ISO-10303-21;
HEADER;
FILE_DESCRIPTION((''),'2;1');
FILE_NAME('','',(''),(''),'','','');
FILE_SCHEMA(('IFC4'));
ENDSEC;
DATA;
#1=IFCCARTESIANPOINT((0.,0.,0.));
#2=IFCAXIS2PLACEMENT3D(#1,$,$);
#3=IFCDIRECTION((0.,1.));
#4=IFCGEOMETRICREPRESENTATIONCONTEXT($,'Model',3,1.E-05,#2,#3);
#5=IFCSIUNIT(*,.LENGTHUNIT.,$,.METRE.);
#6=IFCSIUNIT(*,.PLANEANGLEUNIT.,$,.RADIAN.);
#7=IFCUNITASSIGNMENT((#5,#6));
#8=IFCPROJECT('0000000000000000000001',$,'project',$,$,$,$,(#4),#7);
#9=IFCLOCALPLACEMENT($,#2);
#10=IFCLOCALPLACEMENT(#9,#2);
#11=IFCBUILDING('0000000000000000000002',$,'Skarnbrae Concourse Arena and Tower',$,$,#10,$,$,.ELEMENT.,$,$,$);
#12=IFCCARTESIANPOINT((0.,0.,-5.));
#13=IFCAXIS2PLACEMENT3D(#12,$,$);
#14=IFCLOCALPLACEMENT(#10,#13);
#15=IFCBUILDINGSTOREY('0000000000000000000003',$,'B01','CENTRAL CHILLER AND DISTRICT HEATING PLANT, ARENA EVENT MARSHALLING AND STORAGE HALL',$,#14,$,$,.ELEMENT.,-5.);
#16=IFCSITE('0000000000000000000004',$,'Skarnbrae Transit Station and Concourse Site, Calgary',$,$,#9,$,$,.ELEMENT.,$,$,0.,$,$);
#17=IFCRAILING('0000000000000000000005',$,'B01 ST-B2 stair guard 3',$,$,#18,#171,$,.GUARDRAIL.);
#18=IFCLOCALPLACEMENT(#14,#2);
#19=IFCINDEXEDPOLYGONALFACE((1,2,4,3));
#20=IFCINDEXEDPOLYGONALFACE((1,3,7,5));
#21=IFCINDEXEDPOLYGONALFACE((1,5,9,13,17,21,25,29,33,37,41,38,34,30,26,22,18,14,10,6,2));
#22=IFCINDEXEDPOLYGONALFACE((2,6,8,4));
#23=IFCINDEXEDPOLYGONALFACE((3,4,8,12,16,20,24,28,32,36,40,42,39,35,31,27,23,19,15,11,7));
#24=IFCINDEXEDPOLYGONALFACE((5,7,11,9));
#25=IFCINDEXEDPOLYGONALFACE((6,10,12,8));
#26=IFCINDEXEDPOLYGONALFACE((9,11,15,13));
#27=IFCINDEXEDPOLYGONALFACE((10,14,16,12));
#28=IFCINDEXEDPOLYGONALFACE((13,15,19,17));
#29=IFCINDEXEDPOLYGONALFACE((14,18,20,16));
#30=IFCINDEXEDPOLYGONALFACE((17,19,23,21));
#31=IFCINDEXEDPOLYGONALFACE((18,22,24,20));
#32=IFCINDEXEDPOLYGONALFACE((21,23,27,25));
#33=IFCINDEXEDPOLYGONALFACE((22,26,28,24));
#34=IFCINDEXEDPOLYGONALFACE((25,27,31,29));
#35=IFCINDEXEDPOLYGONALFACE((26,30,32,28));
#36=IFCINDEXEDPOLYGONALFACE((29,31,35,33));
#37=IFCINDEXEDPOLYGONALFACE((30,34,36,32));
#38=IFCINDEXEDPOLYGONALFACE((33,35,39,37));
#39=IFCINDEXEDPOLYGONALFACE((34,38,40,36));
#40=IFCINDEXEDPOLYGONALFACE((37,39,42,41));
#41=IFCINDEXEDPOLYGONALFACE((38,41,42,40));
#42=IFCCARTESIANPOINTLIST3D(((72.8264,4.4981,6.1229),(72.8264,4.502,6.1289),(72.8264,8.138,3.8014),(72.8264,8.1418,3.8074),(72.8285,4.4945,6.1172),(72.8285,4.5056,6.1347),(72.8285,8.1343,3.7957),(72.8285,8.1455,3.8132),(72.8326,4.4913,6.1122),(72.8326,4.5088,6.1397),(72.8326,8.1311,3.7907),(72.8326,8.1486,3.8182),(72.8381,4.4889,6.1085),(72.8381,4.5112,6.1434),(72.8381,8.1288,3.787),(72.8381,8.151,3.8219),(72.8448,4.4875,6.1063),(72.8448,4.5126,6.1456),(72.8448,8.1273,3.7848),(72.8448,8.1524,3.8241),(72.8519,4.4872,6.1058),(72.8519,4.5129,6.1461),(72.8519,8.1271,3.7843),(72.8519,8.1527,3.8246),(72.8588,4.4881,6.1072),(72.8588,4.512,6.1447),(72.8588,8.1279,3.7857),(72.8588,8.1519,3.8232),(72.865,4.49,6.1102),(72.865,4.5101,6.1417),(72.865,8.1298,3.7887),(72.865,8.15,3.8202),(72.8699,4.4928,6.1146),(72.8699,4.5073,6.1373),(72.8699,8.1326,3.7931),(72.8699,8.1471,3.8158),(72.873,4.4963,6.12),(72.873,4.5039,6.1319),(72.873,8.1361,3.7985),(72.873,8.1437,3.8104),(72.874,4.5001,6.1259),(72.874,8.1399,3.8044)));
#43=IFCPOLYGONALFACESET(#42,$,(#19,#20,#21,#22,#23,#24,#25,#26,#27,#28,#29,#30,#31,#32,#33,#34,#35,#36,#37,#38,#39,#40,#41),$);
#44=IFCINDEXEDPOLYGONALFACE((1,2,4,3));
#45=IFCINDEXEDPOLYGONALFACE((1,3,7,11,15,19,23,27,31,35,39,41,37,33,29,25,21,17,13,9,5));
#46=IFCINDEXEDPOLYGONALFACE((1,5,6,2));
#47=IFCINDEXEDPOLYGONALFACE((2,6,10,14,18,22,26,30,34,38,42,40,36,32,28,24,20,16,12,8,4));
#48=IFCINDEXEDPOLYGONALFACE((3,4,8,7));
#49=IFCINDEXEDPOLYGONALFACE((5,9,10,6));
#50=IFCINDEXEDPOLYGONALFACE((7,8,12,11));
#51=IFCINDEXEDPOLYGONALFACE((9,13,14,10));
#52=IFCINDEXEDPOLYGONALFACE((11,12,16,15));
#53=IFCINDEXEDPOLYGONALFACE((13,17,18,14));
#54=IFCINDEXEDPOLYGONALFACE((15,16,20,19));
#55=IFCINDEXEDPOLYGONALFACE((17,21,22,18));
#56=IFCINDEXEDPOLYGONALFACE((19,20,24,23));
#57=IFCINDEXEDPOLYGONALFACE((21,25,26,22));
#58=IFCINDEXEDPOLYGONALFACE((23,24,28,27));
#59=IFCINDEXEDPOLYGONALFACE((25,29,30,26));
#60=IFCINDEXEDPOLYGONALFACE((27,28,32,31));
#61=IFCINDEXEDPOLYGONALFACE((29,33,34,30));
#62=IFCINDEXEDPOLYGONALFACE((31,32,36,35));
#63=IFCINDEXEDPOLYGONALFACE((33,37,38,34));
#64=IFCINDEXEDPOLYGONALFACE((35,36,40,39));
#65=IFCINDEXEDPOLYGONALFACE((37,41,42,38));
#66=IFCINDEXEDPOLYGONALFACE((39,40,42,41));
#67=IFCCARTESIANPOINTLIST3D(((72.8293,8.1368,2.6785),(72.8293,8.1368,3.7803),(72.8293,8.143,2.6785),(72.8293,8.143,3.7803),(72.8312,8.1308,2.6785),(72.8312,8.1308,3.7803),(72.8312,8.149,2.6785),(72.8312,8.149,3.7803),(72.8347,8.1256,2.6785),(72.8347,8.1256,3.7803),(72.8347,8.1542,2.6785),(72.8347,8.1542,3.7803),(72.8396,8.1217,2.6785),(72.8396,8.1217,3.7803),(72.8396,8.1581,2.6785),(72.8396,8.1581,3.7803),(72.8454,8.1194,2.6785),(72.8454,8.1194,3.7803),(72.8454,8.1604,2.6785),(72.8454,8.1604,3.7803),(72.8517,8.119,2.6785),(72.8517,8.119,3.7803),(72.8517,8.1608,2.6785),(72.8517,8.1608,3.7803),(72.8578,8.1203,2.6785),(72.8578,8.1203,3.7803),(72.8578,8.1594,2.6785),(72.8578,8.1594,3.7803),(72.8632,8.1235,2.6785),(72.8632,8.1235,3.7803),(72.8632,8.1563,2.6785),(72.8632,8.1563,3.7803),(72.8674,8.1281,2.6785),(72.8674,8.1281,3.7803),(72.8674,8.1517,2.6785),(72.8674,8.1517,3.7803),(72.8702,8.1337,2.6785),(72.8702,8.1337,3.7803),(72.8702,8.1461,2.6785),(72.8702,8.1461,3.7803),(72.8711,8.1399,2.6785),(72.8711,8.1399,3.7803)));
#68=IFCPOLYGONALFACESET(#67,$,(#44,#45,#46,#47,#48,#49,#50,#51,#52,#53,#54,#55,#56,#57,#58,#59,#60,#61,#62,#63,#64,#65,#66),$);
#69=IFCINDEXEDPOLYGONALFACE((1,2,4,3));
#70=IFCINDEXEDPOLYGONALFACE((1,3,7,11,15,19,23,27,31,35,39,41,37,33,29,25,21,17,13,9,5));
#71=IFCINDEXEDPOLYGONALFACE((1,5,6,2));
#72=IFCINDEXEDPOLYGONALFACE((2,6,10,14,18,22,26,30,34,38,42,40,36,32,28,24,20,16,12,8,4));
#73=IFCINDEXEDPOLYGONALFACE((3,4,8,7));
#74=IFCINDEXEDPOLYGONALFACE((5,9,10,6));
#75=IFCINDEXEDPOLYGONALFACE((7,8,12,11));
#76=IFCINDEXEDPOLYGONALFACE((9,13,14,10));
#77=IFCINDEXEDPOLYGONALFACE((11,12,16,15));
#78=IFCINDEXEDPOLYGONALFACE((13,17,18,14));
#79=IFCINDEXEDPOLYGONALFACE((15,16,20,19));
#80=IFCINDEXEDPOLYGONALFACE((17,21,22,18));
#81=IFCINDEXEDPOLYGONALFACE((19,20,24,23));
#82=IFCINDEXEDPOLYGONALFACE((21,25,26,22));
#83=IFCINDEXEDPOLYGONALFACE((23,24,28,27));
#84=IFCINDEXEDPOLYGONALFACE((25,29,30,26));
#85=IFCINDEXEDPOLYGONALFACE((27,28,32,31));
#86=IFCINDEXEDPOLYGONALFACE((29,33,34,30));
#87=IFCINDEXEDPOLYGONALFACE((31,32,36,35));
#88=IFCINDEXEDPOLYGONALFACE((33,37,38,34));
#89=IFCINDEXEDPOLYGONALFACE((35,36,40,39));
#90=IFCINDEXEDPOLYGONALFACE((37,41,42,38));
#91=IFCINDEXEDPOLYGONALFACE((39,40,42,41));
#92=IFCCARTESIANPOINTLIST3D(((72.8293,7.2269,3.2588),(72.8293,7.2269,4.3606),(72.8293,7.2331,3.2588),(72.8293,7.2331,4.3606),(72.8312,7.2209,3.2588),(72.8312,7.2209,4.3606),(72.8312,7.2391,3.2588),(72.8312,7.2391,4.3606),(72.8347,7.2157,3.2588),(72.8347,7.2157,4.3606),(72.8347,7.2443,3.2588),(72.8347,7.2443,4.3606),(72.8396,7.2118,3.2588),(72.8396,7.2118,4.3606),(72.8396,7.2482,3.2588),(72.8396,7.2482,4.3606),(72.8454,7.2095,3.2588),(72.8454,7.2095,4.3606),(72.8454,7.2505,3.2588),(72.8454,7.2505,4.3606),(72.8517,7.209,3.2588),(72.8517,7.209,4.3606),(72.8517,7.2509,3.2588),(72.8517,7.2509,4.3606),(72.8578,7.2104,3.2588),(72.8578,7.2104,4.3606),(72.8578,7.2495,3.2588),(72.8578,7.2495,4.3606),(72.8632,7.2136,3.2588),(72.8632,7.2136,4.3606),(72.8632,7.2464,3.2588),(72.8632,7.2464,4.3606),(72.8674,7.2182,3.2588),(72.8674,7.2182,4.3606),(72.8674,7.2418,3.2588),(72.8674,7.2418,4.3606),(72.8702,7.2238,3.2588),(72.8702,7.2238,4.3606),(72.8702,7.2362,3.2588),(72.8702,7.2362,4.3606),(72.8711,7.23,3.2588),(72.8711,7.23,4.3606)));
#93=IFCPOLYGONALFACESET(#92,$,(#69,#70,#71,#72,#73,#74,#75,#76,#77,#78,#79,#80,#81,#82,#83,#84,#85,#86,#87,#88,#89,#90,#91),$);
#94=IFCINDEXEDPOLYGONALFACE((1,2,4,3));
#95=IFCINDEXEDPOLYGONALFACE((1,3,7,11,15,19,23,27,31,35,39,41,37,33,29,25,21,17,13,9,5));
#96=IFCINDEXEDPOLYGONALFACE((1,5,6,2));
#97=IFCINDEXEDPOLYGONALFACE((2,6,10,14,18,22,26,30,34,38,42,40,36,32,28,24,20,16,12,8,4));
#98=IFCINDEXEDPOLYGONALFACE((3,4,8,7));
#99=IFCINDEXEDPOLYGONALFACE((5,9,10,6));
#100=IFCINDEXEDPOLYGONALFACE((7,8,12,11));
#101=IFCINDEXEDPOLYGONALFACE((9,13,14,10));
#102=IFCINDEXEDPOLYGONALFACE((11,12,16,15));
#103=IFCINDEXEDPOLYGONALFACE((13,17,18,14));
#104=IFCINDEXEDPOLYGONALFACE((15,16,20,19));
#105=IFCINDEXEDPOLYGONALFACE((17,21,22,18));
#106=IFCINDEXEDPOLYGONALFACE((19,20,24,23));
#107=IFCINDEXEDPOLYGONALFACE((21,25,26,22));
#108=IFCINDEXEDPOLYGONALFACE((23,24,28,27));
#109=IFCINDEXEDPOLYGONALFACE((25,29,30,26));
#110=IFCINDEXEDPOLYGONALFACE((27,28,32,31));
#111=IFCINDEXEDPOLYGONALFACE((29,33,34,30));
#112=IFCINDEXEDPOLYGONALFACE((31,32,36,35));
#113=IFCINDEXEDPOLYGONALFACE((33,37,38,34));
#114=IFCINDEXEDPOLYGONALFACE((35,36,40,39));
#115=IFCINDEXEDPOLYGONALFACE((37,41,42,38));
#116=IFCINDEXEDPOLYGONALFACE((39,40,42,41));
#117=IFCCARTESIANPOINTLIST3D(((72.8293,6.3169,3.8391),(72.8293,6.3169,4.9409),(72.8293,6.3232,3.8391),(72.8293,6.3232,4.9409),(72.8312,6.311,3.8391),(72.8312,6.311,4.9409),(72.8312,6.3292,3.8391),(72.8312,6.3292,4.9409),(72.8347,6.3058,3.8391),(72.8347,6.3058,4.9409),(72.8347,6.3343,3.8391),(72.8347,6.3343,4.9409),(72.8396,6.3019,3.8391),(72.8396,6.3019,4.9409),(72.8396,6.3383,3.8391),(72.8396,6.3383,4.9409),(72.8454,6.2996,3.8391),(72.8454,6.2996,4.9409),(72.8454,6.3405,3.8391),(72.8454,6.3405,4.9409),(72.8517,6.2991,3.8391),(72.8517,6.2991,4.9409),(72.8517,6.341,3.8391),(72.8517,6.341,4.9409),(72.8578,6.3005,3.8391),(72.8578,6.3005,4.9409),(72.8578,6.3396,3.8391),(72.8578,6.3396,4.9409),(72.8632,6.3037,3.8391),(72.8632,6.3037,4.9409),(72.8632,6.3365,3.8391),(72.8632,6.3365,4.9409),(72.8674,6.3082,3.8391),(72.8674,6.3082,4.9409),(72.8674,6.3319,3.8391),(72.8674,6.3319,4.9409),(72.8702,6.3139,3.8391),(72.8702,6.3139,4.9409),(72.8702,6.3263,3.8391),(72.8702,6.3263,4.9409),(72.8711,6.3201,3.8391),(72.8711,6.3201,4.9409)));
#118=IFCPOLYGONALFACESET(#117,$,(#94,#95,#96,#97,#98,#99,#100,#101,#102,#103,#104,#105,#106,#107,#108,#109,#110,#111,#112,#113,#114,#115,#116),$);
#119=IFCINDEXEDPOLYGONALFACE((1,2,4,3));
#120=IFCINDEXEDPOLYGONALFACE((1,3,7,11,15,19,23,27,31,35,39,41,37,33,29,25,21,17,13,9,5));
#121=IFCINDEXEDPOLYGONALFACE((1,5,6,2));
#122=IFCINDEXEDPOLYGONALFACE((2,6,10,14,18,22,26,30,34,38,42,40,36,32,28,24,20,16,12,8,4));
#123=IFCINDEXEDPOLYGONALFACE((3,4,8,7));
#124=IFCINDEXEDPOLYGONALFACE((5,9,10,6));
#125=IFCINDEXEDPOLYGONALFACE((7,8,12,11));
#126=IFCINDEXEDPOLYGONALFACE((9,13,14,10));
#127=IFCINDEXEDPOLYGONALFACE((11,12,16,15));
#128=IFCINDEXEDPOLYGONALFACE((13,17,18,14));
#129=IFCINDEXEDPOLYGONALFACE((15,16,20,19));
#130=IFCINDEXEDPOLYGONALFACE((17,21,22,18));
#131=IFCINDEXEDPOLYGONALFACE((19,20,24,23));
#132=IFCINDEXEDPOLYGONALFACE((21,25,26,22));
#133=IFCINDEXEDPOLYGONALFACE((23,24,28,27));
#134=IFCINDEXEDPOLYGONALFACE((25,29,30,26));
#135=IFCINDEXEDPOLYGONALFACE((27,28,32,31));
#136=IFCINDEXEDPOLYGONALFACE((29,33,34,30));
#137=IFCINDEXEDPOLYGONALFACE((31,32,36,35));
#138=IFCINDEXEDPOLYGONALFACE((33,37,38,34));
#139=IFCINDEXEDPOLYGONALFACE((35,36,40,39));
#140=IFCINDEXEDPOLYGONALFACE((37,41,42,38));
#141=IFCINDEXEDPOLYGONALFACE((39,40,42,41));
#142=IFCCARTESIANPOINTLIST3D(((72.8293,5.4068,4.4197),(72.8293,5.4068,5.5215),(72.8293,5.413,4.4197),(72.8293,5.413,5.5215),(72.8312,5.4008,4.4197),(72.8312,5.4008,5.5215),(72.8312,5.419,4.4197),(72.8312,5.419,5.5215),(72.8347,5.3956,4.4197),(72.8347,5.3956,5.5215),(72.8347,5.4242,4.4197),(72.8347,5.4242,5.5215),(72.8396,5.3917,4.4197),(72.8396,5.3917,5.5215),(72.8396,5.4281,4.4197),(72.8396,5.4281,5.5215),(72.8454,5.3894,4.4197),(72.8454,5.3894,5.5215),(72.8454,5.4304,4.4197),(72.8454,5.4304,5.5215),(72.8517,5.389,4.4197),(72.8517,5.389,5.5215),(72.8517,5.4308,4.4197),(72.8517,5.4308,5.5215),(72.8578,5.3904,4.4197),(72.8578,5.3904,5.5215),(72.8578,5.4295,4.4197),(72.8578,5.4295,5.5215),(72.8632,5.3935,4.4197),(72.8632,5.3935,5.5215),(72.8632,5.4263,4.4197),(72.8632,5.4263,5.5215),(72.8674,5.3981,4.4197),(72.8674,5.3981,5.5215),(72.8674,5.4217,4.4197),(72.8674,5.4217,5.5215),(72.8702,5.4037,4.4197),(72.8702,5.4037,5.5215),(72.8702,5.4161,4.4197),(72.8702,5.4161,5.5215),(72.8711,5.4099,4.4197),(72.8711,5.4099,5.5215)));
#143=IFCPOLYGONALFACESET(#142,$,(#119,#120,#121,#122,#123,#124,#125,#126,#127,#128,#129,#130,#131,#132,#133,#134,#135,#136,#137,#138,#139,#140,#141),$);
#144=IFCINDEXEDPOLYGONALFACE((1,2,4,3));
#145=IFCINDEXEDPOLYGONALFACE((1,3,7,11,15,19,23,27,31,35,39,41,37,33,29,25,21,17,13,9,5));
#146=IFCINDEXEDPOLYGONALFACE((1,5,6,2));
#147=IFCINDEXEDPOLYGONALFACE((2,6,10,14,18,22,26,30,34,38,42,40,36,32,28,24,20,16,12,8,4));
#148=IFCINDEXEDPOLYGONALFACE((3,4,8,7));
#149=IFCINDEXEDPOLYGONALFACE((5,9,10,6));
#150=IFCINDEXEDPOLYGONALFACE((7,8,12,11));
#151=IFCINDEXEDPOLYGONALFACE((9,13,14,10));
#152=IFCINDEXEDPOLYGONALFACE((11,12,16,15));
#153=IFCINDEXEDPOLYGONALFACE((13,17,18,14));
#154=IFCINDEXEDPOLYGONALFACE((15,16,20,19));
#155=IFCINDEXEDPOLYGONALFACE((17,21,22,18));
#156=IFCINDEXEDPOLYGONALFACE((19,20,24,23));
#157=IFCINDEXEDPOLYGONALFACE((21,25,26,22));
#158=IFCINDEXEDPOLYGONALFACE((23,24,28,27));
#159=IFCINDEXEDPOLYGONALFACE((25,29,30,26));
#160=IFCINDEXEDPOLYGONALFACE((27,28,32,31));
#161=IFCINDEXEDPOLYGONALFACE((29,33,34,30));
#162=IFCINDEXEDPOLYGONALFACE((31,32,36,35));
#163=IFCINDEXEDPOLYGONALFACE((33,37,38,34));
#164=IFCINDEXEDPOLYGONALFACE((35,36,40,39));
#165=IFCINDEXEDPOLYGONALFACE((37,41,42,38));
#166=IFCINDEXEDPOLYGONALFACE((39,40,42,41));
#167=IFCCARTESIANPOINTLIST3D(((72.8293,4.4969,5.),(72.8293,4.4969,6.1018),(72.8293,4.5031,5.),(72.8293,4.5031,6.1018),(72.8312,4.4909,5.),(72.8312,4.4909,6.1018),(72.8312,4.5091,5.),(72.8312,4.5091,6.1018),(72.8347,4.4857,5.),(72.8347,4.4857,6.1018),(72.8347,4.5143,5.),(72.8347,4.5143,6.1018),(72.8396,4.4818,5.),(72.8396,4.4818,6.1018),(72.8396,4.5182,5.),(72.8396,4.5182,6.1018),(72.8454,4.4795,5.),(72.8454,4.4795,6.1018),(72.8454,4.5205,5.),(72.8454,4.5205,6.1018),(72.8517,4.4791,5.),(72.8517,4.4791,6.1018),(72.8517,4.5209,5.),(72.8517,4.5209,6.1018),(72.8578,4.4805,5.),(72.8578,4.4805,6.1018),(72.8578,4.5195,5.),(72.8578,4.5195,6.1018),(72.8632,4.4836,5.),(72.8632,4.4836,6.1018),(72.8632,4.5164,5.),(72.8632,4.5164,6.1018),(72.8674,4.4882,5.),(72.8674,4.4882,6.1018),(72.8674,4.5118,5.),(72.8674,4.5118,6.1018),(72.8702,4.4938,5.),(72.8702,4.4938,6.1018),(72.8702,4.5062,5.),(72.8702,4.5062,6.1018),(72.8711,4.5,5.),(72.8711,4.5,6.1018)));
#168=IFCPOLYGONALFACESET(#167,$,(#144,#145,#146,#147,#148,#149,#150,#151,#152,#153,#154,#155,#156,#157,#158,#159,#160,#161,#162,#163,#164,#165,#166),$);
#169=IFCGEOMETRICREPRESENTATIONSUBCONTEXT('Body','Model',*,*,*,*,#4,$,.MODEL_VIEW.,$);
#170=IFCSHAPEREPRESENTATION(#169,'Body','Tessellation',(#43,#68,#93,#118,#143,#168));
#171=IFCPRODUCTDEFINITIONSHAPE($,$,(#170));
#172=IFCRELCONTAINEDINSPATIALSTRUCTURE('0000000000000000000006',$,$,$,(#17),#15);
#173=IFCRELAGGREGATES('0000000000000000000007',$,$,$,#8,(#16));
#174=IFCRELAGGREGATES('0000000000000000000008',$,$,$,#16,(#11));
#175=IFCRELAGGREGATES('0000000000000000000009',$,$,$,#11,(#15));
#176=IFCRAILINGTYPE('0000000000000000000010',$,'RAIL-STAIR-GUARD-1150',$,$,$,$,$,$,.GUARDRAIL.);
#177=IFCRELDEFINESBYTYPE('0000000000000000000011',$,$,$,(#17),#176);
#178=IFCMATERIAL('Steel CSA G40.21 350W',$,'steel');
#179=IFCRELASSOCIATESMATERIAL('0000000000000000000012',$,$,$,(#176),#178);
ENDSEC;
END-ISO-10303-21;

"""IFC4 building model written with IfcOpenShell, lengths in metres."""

from ifc_helpers import new_model, si_unit, direction, frame, origin, origin_2d, place, context, subcontext, project, spatial, circle, extrude, material, type_object, element, save


model = new_model("IFC4")

# Units and contexts
model_context = context("Model", 3, precision=1e-05, world=origin(), true_north=direction((0.0, 1.0)))
body_context = subcontext(model_context, "Body", "Model", "MODEL_VIEW")
ifc_project = project(units=[si_unit("LENGTHUNIT", "METRE"), si_unit("PLANEANGLEUNIT", "RADIAN")], contexts=[model_context])

# Site, building, storey
site_placement = place(None, origin())
site = spatial("IfcSite", under=ifc_project, at=site_placement, Name="Skarnbrae Transit Station and Concourse Site, Calgary", CompositionType="ELEMENT", RefElevation=0.0)
building_placement = place(site_placement, origin())
building = spatial("IfcBuilding", under=site, at=building_placement, Name="Skarnbrae Concourse Arena and Tower", CompositionType="ELEMENT")
storey_placement = place(building_placement, frame((0.0, 0.0, -5.0)))
storey = spatial("IfcBuildingStorey", under=building, at=storey_placement, Name="B01", Description="CENTRAL CHILLER AND DISTRICT HEATING PLANT, ARENA EVENT MARSHALLING AND STORAGE HALL", CompositionType="ELEMENT", Elevation=-5.0)

# Shared definitions
ifc_material_1 = material(Name="Steel CSA G40.21 350W", Category="steel")

# Railing
railing_type_1 = type_object("IfcRailingType", Name="RAIL-STAIR-GUARD-1150", PredefinedType="GUARDRAIL", material=ifc_material_1)
railing_1_placement = place(storey_placement, frame((72.8501, 8.1399, 2.6785)))
element("IfcRailing", 1, at=railing_1_placement, inside=storey, type_object=railing_type_1, Name="B01 ST-B2 stair guard 3", PredefinedType="GUARDRAIL", context=body_context, shape_type="SweptSolid", body=[
    extrude(circle(Radius=0.0239, at=origin_2d()), frame((0.0, 0.0, 1.126), z_axis=(0.0, -0.843112, 0.537739), x_axis=(1.0, 0.0, 0.0)), (0.0, 0.0, 1.0), 4.3171),
    extrude(circle(Radius=0.021, at=origin_2d()), origin(), (0.0, 0.0, 1.0), 1.1018),
    extrude(circle(Radius=0.021, at=origin_2d()), frame((0.0, -0.9099, 0.5803)), (0.0, 0.0, 1.0), 1.1018),
    extrude(circle(Radius=0.021, at=origin_2d()), frame((0.0, -1.8198, 1.1606)), (0.0, 0.0, 1.0), 1.1018),
    extrude(circle(Radius=0.021, at=origin_2d()), frame((0.0, -2.73, 1.7412)), (0.0, 0.0, 1.0), 1.1018),
    extrude(circle(Radius=0.021, at=origin_2d()), frame((0.0, -3.6399, 2.3215)), (0.0, 0.0, 1.0), 1.1018),
])

save(model, "model.ifc")
